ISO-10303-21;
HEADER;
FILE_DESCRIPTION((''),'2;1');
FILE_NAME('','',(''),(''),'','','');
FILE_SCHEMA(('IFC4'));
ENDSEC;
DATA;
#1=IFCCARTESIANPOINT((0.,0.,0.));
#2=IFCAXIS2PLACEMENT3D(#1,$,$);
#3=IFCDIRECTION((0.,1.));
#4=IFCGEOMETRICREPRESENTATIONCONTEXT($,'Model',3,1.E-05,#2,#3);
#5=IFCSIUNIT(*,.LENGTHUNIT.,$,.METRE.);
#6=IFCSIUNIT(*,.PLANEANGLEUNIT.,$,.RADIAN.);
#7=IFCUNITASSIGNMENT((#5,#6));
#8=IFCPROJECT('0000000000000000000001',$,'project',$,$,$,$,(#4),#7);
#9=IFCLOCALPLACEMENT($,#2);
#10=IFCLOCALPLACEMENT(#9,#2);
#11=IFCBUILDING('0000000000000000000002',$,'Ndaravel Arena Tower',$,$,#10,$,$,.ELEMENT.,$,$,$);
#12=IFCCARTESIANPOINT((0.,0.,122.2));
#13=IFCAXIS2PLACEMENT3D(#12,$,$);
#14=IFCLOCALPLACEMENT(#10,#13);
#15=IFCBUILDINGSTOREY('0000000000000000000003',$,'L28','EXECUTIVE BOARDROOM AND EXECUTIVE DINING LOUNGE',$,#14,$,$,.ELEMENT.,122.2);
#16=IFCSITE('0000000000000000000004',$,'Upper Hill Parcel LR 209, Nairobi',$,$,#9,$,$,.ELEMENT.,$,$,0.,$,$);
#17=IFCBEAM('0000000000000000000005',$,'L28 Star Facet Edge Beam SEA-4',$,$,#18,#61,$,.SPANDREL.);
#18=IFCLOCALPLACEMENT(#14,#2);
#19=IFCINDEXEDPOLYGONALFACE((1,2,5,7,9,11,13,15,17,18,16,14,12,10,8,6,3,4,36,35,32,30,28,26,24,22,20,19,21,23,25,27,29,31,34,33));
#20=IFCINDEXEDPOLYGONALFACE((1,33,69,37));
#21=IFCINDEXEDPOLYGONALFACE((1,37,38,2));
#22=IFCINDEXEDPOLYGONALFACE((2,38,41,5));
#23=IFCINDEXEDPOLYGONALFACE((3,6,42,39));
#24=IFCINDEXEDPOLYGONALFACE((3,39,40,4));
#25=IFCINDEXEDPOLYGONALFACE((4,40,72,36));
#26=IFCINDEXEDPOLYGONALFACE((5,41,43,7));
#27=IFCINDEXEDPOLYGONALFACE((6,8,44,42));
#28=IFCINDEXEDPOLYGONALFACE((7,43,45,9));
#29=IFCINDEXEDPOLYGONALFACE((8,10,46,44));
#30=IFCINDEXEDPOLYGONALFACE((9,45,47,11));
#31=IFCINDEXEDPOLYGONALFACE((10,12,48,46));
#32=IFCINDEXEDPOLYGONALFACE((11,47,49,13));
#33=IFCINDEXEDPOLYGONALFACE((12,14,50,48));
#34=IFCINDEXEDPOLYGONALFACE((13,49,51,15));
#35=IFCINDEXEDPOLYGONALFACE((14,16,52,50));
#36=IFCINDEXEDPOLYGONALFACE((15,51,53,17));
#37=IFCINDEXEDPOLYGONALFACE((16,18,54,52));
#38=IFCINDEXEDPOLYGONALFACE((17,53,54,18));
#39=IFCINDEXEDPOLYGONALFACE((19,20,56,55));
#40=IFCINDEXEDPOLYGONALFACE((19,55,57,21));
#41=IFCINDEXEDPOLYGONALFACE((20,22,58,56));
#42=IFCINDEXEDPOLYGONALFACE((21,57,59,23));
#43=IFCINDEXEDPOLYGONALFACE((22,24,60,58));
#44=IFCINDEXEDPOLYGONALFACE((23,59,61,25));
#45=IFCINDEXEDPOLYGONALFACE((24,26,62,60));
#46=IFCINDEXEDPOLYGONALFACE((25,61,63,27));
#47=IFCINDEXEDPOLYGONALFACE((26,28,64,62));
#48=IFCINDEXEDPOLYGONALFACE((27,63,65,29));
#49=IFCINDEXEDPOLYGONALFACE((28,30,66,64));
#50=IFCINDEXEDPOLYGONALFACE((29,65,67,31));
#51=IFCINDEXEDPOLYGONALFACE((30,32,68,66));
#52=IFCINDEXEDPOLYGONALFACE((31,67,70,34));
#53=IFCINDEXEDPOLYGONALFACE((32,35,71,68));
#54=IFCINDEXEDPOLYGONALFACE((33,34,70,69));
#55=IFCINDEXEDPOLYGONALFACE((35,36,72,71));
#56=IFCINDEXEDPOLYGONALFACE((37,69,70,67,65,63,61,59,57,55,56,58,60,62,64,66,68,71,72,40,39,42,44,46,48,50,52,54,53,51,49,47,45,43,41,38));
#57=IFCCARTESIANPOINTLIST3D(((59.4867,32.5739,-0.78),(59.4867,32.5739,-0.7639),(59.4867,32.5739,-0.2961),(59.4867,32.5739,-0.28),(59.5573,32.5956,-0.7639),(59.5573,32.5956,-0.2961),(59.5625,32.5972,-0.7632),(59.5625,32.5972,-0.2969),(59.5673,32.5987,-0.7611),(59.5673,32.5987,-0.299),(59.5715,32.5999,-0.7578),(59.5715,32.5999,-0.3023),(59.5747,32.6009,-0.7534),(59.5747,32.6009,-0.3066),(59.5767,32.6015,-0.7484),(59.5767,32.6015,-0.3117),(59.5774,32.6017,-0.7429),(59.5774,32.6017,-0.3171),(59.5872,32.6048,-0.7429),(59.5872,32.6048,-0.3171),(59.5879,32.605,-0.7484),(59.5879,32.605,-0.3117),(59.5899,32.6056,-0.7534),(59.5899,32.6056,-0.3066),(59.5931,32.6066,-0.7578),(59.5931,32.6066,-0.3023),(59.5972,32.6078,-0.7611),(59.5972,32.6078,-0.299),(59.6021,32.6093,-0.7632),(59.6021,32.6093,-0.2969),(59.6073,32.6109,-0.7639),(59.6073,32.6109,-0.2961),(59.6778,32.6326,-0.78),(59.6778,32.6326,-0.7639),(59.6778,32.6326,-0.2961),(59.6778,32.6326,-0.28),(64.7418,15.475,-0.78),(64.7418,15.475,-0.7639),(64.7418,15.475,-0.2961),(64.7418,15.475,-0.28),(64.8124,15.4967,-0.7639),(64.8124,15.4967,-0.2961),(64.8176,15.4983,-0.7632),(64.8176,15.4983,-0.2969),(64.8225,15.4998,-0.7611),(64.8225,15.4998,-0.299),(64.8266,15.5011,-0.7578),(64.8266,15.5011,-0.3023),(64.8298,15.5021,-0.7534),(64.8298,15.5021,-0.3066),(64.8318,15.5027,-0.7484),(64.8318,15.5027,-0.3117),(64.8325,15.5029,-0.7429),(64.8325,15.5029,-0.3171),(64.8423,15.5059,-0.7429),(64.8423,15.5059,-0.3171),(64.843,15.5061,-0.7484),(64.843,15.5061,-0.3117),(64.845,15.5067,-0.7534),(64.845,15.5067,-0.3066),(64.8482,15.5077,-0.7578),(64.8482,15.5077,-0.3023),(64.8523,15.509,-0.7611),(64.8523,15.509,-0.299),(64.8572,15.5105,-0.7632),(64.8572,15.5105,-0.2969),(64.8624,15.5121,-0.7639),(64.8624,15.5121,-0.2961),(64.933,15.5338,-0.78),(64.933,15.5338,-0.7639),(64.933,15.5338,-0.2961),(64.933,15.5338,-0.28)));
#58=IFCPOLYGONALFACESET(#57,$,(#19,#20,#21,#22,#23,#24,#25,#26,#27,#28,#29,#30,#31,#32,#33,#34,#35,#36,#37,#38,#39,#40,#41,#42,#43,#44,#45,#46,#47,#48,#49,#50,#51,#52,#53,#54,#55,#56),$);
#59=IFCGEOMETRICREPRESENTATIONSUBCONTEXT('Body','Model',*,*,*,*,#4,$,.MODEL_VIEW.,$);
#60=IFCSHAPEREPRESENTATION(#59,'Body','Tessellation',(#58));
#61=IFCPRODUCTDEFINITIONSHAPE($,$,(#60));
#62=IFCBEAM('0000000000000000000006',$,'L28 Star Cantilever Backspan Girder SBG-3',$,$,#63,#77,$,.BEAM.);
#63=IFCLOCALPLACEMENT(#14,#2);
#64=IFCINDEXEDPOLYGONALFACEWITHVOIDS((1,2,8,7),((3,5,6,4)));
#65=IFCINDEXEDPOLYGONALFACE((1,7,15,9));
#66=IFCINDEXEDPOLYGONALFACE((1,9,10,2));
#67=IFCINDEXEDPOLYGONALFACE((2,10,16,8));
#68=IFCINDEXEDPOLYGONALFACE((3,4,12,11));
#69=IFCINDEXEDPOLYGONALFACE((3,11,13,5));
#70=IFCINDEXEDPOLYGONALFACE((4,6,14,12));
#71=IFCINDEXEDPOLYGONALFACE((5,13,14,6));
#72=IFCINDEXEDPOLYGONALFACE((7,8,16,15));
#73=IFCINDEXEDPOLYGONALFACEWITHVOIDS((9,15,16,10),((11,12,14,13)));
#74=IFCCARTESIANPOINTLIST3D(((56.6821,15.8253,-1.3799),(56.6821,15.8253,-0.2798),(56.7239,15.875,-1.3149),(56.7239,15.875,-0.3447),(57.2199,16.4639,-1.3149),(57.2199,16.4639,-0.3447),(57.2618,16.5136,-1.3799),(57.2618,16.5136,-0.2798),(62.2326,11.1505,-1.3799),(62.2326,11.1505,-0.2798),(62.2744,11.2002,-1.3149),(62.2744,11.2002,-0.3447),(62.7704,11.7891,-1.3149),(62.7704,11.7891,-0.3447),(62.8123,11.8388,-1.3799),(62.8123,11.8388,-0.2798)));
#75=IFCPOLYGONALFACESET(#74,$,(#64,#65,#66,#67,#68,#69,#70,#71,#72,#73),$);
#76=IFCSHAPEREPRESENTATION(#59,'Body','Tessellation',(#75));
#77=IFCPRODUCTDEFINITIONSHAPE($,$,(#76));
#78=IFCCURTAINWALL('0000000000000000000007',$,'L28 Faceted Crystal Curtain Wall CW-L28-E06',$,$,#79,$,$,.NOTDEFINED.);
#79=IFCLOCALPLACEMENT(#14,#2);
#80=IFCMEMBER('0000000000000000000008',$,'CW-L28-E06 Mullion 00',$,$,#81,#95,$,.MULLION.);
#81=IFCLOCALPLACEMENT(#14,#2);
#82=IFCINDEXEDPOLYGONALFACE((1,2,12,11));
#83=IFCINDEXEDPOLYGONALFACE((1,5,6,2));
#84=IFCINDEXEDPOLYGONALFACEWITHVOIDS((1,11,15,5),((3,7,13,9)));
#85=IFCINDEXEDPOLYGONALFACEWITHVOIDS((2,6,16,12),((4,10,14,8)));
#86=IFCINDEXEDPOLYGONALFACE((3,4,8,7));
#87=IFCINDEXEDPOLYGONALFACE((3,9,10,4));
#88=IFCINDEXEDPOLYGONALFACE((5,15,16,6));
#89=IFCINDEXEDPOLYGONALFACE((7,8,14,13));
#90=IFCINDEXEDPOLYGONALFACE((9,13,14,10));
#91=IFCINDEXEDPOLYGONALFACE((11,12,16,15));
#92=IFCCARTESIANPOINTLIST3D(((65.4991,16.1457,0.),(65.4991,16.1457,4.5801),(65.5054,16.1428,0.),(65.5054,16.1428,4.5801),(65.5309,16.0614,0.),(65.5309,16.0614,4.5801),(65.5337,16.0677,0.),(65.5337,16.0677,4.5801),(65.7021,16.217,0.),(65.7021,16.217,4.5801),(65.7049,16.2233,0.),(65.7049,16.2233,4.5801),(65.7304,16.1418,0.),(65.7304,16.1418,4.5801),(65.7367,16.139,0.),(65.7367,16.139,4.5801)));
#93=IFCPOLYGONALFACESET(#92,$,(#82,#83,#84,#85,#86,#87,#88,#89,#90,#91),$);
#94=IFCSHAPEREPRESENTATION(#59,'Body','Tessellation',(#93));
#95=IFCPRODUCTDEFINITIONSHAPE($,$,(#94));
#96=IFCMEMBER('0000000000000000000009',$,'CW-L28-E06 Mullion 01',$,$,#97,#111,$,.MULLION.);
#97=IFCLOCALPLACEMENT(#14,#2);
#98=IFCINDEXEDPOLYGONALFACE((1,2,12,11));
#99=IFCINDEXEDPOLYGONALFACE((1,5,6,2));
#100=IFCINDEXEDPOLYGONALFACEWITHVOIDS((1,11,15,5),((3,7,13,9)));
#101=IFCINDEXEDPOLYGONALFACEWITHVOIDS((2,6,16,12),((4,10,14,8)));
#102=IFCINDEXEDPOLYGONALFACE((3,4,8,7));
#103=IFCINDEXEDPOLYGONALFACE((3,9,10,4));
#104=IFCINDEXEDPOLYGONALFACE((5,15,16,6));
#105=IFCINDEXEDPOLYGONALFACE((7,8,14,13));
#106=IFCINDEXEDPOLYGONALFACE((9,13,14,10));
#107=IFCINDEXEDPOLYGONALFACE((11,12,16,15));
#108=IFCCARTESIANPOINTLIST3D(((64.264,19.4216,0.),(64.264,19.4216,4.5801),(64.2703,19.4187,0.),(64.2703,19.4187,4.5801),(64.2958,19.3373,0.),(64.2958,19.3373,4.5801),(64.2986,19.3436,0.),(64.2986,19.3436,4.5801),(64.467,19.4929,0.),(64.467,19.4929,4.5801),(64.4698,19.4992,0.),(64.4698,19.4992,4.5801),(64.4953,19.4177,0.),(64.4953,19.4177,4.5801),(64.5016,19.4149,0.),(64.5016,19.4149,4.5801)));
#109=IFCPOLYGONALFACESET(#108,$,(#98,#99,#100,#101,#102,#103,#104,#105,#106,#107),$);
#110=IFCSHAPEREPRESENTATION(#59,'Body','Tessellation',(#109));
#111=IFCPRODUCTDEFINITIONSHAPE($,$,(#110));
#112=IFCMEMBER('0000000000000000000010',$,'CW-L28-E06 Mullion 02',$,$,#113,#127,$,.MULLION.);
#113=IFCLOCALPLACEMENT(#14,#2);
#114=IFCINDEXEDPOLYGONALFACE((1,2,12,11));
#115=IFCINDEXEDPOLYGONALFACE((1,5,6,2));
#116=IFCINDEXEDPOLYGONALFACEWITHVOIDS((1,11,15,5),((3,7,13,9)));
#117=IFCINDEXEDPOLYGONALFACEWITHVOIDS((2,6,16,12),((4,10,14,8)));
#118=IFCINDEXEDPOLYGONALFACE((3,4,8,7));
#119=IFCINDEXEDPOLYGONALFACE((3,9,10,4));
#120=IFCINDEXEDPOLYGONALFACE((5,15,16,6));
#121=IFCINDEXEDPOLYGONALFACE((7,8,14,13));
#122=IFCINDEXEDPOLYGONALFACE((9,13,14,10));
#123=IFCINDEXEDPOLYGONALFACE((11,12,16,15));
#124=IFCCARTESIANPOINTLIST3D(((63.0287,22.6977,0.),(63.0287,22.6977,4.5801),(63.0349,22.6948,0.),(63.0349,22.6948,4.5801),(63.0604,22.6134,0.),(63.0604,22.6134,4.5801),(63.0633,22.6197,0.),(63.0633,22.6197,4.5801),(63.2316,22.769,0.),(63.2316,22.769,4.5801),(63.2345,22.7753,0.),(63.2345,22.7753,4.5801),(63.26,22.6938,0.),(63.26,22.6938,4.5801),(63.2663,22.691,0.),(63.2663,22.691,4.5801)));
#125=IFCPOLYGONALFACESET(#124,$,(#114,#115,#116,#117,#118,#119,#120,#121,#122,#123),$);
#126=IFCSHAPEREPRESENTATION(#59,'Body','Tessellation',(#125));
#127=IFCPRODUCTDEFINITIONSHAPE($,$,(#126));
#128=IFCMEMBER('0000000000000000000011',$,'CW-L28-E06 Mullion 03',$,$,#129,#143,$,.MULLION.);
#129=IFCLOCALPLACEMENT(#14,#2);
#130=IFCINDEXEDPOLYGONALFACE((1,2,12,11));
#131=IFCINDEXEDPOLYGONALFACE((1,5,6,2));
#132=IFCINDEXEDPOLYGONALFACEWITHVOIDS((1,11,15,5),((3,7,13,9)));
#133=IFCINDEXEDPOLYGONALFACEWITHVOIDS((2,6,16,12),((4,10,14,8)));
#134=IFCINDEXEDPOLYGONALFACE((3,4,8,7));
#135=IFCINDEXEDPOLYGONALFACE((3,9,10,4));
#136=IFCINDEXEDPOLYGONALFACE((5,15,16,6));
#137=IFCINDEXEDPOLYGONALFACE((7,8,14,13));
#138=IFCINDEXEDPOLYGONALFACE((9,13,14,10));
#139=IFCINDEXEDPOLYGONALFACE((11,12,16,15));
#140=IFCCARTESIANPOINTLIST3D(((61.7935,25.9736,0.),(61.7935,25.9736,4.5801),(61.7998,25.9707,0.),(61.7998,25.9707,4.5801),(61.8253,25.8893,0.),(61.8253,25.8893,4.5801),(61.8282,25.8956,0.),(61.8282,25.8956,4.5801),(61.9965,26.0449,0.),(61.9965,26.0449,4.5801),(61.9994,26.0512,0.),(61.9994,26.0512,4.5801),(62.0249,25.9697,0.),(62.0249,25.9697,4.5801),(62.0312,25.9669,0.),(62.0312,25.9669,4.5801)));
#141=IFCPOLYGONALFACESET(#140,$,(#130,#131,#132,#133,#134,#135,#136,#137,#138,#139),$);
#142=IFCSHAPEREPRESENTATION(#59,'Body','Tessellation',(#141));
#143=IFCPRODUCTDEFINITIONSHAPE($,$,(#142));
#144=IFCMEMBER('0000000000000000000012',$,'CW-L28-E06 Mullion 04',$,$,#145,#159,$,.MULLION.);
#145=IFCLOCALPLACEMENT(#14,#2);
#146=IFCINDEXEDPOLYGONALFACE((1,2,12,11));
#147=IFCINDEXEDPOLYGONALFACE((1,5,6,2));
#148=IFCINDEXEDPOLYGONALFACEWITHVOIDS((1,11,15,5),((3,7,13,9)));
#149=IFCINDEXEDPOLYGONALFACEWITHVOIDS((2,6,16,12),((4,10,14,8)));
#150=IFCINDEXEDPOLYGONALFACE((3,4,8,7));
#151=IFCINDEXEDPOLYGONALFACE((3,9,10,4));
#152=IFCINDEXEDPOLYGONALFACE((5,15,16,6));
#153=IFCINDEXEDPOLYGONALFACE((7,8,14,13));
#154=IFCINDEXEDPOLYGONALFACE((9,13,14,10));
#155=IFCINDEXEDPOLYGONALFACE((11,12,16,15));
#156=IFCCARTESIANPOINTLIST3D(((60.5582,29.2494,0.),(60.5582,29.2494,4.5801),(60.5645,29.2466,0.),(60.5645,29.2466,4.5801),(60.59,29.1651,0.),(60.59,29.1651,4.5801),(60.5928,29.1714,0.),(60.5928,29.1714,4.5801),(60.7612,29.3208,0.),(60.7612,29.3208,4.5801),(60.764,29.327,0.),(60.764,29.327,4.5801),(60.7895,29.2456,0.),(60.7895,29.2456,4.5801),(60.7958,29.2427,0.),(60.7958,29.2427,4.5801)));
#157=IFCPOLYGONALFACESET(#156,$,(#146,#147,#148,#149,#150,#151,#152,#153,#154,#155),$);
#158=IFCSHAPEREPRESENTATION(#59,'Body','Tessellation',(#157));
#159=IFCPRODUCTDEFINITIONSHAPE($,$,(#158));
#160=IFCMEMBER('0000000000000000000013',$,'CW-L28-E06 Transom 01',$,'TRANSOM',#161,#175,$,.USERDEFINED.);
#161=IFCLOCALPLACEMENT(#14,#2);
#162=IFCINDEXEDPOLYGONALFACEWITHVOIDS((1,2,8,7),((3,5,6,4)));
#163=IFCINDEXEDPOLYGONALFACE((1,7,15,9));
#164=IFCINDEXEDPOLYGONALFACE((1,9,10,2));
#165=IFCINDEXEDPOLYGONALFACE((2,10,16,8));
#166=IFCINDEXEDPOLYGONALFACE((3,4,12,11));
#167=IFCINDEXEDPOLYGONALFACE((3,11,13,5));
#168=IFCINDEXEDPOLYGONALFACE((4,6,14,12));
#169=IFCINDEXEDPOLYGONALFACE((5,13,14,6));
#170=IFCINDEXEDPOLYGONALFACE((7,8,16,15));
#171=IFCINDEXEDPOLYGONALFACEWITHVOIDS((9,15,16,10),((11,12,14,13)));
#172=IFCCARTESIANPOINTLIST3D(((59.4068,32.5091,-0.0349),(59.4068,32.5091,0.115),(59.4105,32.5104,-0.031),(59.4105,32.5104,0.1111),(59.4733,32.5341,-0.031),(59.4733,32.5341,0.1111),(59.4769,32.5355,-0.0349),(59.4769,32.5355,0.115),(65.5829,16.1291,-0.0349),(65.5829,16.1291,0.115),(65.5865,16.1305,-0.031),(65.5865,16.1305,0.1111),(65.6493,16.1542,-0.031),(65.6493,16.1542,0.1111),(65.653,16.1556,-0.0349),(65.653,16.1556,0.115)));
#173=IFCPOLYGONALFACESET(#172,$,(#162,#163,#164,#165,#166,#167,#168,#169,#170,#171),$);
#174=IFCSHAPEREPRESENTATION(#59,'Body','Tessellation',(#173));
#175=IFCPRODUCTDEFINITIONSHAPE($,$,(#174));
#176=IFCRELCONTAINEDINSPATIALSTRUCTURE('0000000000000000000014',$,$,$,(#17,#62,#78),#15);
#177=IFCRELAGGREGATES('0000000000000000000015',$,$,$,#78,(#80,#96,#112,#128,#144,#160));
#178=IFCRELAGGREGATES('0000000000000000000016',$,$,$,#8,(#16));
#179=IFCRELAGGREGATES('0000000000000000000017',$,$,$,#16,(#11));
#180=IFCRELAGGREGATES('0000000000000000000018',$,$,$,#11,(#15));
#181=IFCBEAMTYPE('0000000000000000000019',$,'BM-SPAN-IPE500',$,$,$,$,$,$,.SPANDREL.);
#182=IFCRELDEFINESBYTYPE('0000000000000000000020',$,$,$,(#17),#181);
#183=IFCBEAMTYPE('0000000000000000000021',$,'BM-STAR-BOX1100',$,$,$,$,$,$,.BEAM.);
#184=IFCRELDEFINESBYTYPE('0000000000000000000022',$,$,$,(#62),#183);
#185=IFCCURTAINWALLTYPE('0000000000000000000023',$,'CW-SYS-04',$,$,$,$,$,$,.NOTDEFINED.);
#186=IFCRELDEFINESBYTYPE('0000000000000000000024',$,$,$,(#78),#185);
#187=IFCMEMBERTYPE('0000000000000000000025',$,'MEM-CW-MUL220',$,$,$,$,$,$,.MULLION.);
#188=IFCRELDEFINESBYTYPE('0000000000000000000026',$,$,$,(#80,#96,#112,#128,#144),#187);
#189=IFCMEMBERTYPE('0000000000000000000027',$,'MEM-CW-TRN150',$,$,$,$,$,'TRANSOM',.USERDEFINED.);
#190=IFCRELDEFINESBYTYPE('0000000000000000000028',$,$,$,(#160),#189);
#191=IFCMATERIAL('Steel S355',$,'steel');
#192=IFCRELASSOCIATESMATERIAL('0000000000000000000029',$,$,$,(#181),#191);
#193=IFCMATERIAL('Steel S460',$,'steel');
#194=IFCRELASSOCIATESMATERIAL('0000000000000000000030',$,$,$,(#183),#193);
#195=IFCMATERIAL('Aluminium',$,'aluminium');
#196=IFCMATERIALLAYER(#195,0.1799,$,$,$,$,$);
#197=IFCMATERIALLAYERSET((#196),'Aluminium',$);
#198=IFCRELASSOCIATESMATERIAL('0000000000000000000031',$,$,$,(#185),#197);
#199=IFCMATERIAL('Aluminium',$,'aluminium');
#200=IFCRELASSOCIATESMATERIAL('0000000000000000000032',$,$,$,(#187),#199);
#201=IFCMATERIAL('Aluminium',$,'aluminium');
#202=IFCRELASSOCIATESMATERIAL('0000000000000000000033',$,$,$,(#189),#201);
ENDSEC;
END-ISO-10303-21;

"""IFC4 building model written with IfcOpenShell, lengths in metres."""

from ifc_helpers import new_model, si_unit, direction, frame, origin, origin_2d, place, context, subcontext, project, spatial, hollow_rectangle, i_section, extrude, material, layer, layer_set, material_profile, profile_set, type_object, element, aggregate, save


model = new_model("IFC4")

# Units and contexts
model_context = context("Model", 3, precision=1e-05, world=origin(), true_north=direction((0.0, 1.0)))
body_context = subcontext(model_context, "Body", "Model", "MODEL_VIEW")
ifc_project = project(units=[si_unit("LENGTHUNIT", "METRE"), si_unit("PLANEANGLEUNIT", "RADIAN")], contexts=[model_context])

# Site, building, storey
site_placement = place(None, origin())
site = spatial("IfcSite", under=ifc_project, at=site_placement, Name="Upper Hill Parcel LR 209, Nairobi", CompositionType="ELEMENT", RefElevation=0.0)
building_placement = place(site_placement, origin())
building = spatial("IfcBuilding", under=site, at=building_placement, Name="Ndaravel Arena Tower", CompositionType="ELEMENT")
storey_placement = place(building_placement, frame((0.0, 0.0, 122.2)))
storey = spatial("IfcBuildingStorey", under=building, at=storey_placement, Name="L28", Description="EXECUTIVE BOARDROOM AND EXECUTIVE DINING LOUNGE", CompositionType="ELEMENT", Elevation=122.2)

# Beams
ifc_material_1 = material(Name="Steel S355", Category="steel")
ifc_material_profile_1 = material_profile(ifc_material_1, i_section(OverallWidth=0.2, OverallDepth=0.5, WebThickness=0.0103, FlangeThickness=0.0161, FilletRadius=0.021, at=origin_2d()), Name="IPE 500")
ifc_profile_set_1 = profile_set([ifc_material_profile_1], Name="Steel S355")
beam_type_1 = type_object("IfcBeamType", Name="BM-SPAN-IPE500", PredefinedType="SPANDREL", material=ifc_profile_set_1)
beam_1_placement = place(storey_placement, frame((64.8374, 15.5044, -0.53), z_axis=(-0.293776, 0.955874, 0.0), x_axis=(-0.955874, -0.293776, 0.0)))
element("IfcBeam", 1, at=beam_1_placement, inside=storey, type_object=beam_type_1, Name="L28 Star Facet Edge Beam SEA-4", PredefinedType="SPANDREL", context=body_context, shape_type="SweptSolid", body=[
    extrude(i_section(OverallWidth=0.2, OverallDepth=0.5, WebThickness=0.0103, FlangeThickness=0.0161, FilletRadius=0.021, at=origin_2d()), origin(), (0.0, 0.0, 1.0), 17.8882),
])
ifc_material_2 = material(Name="Steel S460", Category="steel")
ifc_material_profile_2 = material_profile(ifc_material_2, hollow_rectangle(XDim=0.8999, YDim=1.1001, WallThickness=0.0649, at=origin_2d()), Name="BOX 1100x900x65")
ifc_profile_set_2 = profile_set([ifc_material_profile_2], Name="Steel S460")
beam_type_2 = type_object("IfcBeamType", Name="BM-STAR-BOX1100", PredefinedType="BEAM", material=ifc_profile_set_2)
beam_2_placement = place(storey_placement, frame((56.9719, 16.1694, -0.8298), z_axis=(0.764866, -0.64419, 0.0), x_axis=(0.64419, 0.764866, 0.0)))
element("IfcBeam", 2, at=beam_2_placement, inside=storey, type_object=beam_type_2, Name="L28 Star Cantilever Backspan Girder SBG-3", PredefinedType="BEAM", context=body_context, shape_type="SweptSolid", body=[
    extrude(hollow_rectangle(XDim=0.8999, YDim=1.1001, WallThickness=0.0649, at=origin_2d()), origin(), (0.0, 0.0, 1.0), 7.2568),
])

# Curtain wall, members
ifc_material_3 = material(Name="Aluminium", Category="aluminium")
ifc_layer_1 = layer(ifc_material_3, 0.1799)
ifc_layer_set_1 = layer_set([ifc_layer_1], Name="Aluminium")
curtain_wall_type = type_object("IfcCurtainWallType", Name="CW-SYS-04", PredefinedType="NOTDEFINED", material=ifc_layer_set_1)
curtain_wall_placement = place(storey_placement, origin())
curtain_wall = element("IfcCurtainWall", 3, at=curtain_wall_placement, inside=storey, type_object=curtain_wall_type, Name="L28 Faceted Crystal Curtain Wall CW-L28-E06", PredefinedType="NOTDEFINED")
ifc_material_4 = material(Name="Aluminium", Category="aluminium")
ifc_material_profile_3 = material_profile(ifc_material_4, hollow_rectangle(XDim=0.0901, YDim=0.22, WallThickness=0.0049, at=origin_2d()), Name="CW MULLION 90x220x5")
ifc_profile_set_3 = profile_set([ifc_material_profile_3], Name="Aluminium")
member_type_1 = type_object("IfcMemberType", Name="MEM-CW-MUL220", PredefinedType="MULLION", material=ifc_profile_set_3)
member_1_placement = place(storey_placement, frame((65.6179, 16.1423, 0.0), z_axis=(0.0, 0.0, 1.0), x_axis=(-0.352805, 0.935697, 0.0)))
member_1 = element("IfcMember", 4, at=member_1_placement, type_object=member_type_1, Name="CW-L28-E06 Mullion 00", PredefinedType="MULLION", context=body_context, shape_type="SweptSolid", body=[
    extrude(hollow_rectangle(XDim=0.0901, YDim=0.22, WallThickness=0.0049, at=origin_2d()), origin(), (0.0, 0.0, 1.0), 4.5801),
])
member_2_placement = place(storey_placement, frame((64.3828, 19.4182, 0.0), z_axis=(0.0, 0.0, 1.0), x_axis=(-0.352805, 0.935697, 0.0)))
member_2 = element("IfcMember", 5, at=member_2_placement, type_object=member_type_1, Name="CW-L28-E06 Mullion 01", PredefinedType="MULLION", context=body_context, shape_type="SweptSolid", body=[
    extrude(hollow_rectangle(XDim=0.0901, YDim=0.22, WallThickness=0.0049, at=origin_2d()), origin(), (0.0, 0.0, 1.0), 4.5801),
])
member_3_placement = place(storey_placement, frame((63.1475, 22.6943, 0.0), z_axis=(0.0, 0.0, 1.0), x_axis=(-0.352805, 0.935697, 0.0)))
member_3 = element("IfcMember", 6, at=member_3_placement, type_object=member_type_1, Name="CW-L28-E06 Mullion 02", PredefinedType="MULLION", context=body_context, shape_type="SweptSolid", body=[
    extrude(hollow_rectangle(XDim=0.0901, YDim=0.22, WallThickness=0.0049, at=origin_2d()), origin(), (0.0, 0.0, 1.0), 4.5801),
])
member_4_placement = place(storey_placement, frame((61.9124, 25.9702, 0.0), z_axis=(0.0, 0.0, 1.0), x_axis=(-0.352805, 0.935697, 0.0)))
member_4 = element("IfcMember", 7, at=member_4_placement, type_object=member_type_1, Name="CW-L28-E06 Mullion 03", PredefinedType="MULLION", context=body_context, shape_type="SweptSolid", body=[
    extrude(hollow_rectangle(XDim=0.0901, YDim=0.22, WallThickness=0.0049, at=origin_2d()), origin(), (0.0, 0.0, 1.0), 4.5801),
])
member_5_placement = place(storey_placement, frame((60.677, 29.2461, 0.0), z_axis=(0.0, 0.0, 1.0), x_axis=(-0.352805, 0.935697, 0.0)))
member_5 = element("IfcMember", 8, at=member_5_placement, type_object=member_type_1, Name="CW-L28-E06 Mullion 04", PredefinedType="MULLION", context=body_context, shape_type="SweptSolid", body=[
    extrude(hollow_rectangle(XDim=0.0901, YDim=0.22, WallThickness=0.0049, at=origin_2d()), origin(), (0.0, 0.0, 1.0), 4.5801),
])
ifc_material_5 = material(Name="Aluminium", Category="aluminium")
ifc_material_profile_4 = material_profile(ifc_material_5, hollow_rectangle(XDim=0.075, YDim=0.1499, WallThickness=0.0039, at=origin_2d()), Name="CW TRANSOM 75x150x4")
ifc_profile_set_4 = profile_set([ifc_material_profile_4], Name="Aluminium")
member_type_2 = type_object("IfcMemberType", Name="MEM-CW-TRN150", ElementType="TRANSOM", PredefinedType="USERDEFINED", material=ifc_profile_set_4)
member_6_placement = place(storey_placement, frame((65.6179, 16.1423, 0.04), z_axis=(-0.352804, 0.935697, 0.0), x_axis=(-0.935697, -0.352804, 0.0)))
member_6 = element("IfcMember", 9, at=member_6_placement, type_object=member_type_2, Name="CW-L28-E06 Transom 01", ObjectType="TRANSOM", PredefinedType="USERDEFINED", context=body_context, shape_type="SweptSolid", body=[
    extrude(hollow_rectangle(XDim=0.075, YDim=0.1499, WallThickness=0.0039, at=origin_2d()), origin(), (0.0, 0.0, 1.0), 17.5056),
])

aggregate(curtain_wall, [member_1, member_2, member_3, member_4, member_5, member_6])

save(model, "model.ifc")
